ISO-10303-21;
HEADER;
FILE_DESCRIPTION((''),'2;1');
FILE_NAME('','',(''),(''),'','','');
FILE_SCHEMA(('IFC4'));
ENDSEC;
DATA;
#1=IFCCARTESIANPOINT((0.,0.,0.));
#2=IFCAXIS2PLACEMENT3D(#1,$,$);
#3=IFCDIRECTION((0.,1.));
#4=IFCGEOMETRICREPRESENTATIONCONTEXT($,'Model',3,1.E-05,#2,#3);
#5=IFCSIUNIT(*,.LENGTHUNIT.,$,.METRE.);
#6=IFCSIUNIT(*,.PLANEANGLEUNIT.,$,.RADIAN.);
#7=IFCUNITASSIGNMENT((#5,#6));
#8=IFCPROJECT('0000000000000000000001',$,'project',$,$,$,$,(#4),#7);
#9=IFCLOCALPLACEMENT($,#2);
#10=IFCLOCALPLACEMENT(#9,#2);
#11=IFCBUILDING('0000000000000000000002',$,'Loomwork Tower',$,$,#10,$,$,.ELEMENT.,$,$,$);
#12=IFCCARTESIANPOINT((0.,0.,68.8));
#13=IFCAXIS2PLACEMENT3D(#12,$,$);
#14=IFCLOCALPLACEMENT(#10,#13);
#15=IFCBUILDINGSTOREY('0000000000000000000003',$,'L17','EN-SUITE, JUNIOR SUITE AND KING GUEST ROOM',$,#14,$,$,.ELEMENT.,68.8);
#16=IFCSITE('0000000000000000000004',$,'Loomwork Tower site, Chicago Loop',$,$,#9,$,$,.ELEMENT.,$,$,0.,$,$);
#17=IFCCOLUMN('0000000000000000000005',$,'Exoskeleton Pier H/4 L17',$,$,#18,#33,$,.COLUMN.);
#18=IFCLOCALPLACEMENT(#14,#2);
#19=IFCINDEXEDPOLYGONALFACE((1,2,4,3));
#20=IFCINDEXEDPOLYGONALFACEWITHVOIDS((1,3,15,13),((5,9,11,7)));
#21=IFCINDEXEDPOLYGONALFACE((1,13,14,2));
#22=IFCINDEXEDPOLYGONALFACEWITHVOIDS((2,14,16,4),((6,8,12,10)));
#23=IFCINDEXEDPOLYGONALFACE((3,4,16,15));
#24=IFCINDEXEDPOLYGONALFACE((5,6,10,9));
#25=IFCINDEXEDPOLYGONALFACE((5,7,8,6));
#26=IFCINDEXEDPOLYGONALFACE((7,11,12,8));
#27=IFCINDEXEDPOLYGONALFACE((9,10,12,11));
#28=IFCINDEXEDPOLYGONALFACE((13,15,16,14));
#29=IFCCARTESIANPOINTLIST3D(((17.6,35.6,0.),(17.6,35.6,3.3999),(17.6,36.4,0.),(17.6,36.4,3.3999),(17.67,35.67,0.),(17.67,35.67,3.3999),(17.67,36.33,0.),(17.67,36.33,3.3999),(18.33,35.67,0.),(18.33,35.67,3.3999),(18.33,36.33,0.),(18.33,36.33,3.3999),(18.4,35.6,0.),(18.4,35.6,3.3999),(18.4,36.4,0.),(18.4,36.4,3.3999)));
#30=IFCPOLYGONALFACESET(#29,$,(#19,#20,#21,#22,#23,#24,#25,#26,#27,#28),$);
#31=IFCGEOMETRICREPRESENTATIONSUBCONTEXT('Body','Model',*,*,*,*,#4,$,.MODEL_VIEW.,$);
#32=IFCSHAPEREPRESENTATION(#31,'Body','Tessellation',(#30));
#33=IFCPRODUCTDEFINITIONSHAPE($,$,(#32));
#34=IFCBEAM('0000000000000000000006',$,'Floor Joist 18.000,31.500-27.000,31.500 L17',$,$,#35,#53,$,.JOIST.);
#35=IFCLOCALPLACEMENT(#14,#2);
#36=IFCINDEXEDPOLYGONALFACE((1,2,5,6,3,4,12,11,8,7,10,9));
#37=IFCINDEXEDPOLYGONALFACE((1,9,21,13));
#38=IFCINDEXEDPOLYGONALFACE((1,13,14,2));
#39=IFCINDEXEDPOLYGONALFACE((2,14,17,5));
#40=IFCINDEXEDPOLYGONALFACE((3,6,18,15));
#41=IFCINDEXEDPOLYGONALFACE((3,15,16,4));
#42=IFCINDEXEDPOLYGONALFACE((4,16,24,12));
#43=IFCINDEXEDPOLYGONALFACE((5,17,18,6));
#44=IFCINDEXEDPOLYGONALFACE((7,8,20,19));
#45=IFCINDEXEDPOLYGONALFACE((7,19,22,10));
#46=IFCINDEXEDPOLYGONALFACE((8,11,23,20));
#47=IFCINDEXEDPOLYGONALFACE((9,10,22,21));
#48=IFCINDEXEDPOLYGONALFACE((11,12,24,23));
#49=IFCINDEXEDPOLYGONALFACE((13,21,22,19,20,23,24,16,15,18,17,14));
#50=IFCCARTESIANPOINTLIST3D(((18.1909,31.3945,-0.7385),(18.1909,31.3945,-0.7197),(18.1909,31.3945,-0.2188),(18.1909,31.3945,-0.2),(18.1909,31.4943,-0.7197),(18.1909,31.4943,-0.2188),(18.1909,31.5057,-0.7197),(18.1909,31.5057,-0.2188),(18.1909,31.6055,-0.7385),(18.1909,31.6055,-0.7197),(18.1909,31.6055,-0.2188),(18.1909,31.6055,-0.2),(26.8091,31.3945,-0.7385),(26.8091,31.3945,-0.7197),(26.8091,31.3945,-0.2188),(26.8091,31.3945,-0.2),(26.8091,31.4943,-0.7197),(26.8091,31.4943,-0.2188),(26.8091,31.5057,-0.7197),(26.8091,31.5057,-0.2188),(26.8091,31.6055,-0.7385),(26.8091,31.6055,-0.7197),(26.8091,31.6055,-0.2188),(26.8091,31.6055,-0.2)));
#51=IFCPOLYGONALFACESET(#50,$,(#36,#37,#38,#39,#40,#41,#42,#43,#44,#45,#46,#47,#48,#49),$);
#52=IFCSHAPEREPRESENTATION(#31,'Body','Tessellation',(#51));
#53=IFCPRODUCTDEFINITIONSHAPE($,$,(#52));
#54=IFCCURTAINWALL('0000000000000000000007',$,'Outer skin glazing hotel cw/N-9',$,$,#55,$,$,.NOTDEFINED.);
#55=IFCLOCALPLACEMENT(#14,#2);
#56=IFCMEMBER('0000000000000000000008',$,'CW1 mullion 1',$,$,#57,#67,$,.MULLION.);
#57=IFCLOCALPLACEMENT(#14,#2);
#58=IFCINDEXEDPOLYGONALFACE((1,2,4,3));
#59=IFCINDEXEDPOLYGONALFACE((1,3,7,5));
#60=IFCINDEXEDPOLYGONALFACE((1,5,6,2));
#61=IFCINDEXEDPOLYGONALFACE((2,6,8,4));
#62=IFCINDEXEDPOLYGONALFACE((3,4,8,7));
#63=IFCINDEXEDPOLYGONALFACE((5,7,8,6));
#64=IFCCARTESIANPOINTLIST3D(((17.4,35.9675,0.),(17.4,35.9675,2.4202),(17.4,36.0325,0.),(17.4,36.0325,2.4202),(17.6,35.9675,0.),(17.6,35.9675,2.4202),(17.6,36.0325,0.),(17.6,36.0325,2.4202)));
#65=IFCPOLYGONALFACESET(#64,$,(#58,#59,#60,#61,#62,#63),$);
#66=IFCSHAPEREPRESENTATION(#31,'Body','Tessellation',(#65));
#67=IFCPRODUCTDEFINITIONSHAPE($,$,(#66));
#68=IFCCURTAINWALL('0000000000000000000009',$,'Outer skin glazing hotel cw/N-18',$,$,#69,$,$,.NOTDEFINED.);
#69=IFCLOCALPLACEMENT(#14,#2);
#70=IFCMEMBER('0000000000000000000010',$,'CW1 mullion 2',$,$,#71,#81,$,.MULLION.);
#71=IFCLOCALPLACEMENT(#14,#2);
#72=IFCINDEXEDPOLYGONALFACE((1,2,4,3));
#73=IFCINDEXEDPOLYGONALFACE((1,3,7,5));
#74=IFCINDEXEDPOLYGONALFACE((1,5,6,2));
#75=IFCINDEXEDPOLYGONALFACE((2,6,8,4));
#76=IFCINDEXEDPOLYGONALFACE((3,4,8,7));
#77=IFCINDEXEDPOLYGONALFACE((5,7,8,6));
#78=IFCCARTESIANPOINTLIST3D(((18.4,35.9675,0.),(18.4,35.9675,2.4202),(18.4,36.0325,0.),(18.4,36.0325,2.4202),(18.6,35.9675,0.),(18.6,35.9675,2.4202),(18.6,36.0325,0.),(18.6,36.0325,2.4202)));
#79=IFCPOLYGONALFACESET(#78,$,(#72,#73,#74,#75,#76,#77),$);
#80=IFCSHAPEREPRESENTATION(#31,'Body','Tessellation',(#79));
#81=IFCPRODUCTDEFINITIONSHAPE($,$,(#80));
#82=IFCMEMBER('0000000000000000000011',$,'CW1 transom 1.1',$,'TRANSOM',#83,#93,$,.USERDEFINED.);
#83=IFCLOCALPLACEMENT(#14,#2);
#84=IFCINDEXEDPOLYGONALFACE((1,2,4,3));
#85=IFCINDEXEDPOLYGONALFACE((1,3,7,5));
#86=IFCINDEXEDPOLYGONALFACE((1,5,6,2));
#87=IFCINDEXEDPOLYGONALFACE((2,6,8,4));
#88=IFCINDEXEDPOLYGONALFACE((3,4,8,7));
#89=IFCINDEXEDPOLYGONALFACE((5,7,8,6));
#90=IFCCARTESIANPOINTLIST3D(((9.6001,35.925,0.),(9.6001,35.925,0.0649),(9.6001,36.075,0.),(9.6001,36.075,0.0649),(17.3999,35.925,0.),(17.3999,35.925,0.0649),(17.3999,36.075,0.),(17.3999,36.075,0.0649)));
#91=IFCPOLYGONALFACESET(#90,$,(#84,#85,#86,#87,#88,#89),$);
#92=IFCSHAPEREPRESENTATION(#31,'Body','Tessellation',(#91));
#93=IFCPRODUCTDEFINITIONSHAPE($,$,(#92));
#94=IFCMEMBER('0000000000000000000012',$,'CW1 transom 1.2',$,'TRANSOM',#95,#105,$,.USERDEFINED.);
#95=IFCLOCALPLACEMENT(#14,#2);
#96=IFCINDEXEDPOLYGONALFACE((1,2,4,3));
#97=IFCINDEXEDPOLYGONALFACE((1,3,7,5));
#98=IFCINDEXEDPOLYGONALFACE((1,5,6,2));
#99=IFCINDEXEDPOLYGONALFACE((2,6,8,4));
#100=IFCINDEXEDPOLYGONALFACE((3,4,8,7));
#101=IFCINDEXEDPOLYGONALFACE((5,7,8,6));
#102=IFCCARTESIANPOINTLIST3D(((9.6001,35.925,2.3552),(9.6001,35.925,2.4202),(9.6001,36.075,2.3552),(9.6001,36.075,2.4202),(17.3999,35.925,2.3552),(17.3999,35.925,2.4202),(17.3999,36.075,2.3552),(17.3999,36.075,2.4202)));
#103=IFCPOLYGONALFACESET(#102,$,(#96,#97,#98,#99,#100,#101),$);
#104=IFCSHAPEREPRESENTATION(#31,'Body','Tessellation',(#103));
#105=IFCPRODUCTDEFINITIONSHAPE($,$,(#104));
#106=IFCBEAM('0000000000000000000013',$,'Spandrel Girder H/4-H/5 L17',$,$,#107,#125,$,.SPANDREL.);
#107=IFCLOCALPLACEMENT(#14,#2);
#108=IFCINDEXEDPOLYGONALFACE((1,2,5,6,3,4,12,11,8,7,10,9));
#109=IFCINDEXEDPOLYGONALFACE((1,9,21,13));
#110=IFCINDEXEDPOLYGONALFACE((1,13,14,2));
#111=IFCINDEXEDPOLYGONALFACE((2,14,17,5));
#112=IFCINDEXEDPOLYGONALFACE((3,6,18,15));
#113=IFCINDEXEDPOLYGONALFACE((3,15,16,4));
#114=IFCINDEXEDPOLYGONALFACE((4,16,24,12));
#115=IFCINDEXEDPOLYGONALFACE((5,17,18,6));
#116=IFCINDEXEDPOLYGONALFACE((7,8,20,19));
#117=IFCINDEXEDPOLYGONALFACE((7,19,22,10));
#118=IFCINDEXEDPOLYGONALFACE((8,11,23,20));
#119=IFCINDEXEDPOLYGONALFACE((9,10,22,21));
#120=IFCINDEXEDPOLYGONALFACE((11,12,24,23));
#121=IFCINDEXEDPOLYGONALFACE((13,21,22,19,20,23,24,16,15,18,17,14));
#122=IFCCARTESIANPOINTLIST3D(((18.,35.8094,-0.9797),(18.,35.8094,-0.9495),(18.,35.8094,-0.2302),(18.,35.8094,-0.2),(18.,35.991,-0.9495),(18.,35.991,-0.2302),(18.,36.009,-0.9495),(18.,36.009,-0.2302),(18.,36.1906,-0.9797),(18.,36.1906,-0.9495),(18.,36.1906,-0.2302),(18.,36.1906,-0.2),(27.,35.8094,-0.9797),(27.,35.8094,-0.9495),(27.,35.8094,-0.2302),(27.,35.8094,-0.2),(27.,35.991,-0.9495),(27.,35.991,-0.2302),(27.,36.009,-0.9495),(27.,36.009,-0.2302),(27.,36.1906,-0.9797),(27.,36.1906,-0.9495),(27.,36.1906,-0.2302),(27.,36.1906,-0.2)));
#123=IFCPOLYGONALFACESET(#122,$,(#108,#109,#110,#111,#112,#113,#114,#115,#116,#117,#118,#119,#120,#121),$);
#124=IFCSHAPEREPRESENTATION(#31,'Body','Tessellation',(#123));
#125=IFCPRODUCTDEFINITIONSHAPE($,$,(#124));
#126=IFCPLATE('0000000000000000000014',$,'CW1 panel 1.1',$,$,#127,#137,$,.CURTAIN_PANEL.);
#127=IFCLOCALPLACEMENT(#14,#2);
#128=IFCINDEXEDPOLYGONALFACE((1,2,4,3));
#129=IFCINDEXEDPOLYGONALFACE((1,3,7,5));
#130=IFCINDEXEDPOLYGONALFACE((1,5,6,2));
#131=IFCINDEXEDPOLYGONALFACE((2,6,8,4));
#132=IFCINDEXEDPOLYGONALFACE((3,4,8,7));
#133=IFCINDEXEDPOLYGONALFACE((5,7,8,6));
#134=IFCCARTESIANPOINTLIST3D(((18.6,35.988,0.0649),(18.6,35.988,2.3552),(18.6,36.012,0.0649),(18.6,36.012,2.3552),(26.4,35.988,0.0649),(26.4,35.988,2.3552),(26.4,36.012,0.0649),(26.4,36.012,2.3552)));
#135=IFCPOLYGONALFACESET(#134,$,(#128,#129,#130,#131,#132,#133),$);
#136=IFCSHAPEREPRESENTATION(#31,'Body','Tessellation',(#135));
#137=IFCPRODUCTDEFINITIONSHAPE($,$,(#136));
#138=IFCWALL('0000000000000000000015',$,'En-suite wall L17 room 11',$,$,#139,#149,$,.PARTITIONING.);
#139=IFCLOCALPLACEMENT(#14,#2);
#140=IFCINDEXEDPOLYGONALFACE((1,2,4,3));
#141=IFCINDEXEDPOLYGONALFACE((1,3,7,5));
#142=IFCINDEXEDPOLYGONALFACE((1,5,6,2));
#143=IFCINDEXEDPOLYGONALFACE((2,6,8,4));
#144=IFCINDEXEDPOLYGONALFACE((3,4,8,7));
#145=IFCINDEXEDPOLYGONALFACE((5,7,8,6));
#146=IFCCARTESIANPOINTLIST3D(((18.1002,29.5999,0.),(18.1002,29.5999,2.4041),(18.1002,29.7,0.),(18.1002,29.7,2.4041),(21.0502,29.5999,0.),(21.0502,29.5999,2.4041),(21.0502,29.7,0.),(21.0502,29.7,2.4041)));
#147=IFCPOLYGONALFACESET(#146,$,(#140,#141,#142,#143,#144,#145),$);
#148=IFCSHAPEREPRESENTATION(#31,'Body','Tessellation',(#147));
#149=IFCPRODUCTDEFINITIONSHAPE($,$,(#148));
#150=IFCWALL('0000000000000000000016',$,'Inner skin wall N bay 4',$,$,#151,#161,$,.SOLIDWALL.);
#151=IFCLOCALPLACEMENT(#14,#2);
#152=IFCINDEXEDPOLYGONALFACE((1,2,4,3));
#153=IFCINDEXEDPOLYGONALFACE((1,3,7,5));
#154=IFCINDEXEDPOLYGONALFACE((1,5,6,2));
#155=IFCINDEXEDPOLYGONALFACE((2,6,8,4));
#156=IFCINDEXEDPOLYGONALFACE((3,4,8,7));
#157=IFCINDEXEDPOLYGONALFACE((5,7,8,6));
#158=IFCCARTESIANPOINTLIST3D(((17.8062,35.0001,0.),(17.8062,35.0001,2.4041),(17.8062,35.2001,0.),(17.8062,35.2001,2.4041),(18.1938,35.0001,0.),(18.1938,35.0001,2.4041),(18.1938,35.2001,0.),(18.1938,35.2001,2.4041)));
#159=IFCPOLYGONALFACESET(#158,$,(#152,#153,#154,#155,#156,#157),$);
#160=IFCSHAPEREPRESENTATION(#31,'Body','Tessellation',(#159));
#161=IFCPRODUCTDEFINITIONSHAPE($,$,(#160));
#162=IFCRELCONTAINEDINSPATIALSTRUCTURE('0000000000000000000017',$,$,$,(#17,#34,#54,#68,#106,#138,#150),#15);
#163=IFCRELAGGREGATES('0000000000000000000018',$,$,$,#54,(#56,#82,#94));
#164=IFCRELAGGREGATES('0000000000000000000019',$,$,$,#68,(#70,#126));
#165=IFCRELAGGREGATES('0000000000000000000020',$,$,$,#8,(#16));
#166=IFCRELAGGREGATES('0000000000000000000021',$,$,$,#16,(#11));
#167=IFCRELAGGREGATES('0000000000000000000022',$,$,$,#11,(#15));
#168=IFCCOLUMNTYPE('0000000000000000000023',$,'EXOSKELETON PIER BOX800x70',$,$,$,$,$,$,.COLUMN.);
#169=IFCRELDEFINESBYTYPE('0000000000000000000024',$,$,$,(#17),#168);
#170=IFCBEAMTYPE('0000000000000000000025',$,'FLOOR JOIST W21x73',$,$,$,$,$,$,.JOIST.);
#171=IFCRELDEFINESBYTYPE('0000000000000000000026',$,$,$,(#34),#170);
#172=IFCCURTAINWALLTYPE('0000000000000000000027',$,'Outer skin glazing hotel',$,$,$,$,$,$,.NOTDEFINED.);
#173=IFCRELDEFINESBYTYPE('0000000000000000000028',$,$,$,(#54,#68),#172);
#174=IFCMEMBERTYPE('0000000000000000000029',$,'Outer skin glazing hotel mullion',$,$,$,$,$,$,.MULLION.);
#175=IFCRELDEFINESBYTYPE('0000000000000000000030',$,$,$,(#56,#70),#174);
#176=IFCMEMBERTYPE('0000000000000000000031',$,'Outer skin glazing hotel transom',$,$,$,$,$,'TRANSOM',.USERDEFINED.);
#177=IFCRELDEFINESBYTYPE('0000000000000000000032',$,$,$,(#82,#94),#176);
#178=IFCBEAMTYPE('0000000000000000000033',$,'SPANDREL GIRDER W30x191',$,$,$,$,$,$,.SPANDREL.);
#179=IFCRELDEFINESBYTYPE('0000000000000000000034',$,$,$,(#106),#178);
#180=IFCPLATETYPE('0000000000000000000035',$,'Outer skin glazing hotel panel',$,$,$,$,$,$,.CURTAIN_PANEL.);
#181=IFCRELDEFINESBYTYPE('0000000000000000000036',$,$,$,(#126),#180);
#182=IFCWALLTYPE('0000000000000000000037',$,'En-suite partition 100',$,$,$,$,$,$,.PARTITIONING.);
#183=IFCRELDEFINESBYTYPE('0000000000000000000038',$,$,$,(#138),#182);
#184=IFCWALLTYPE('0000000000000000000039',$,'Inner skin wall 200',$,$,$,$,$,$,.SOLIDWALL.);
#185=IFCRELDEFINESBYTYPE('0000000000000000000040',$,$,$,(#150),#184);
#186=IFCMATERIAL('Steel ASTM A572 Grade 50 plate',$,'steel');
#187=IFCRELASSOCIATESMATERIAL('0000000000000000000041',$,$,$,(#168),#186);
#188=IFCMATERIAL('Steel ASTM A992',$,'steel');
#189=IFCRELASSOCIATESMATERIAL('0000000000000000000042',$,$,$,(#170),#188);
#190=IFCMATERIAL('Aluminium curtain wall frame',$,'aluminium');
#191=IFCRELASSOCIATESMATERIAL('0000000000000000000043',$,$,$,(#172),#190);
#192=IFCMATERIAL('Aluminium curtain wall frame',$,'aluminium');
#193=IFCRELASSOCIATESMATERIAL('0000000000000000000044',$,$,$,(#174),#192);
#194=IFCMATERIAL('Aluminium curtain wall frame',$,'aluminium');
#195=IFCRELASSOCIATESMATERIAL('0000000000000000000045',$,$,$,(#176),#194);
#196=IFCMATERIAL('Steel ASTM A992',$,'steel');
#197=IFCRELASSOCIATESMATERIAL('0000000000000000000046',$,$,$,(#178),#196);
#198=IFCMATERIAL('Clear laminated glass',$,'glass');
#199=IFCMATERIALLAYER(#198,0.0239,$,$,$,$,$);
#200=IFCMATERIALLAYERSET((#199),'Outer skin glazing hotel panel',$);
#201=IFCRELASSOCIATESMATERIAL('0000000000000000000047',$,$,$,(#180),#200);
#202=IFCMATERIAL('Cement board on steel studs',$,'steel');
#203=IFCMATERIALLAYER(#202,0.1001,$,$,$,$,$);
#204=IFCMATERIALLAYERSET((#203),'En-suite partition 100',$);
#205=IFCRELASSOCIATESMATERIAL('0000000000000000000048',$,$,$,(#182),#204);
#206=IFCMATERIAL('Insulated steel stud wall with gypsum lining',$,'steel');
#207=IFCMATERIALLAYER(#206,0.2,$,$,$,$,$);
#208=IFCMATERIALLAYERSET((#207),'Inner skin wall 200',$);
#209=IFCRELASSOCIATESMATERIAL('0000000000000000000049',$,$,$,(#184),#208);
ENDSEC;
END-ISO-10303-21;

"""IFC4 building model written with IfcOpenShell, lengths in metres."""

from ifc_helpers import new_model, si_unit, direction, frame, frame_2d, origin, origin_2d, place, context, subcontext, project, spatial, rectangle, hollow_rectangle, i_section, extrude, material, layer, layer_set, material_profile, profile_set, type_object, element, aggregate, save


model = new_model("IFC4")

# Units and contexts
model_context = context("Model", 3, precision=1e-05, world=origin(), true_north=direction((0.0, 1.0)))
body_context = subcontext(model_context, "Body", "Model", "MODEL_VIEW")
ifc_project = project(units=[si_unit("LENGTHUNIT", "METRE"), si_unit("PLANEANGLEUNIT", "RADIAN")], contexts=[model_context])

# Site, building, storey
site_placement = place(None, origin())
site = spatial("IfcSite", under=ifc_project, at=site_placement, Name="Loomwork Tower site, Chicago Loop", CompositionType="ELEMENT", RefElevation=0.0)
building_placement = place(site_placement, origin())
building = spatial("IfcBuilding", under=site, at=building_placement, Name="Loomwork Tower", CompositionType="ELEMENT")
storey_placement = place(building_placement, frame((0.0, 0.0, 68.8)))
storey = spatial("IfcBuildingStorey", under=building, at=storey_placement, Name="L17", Description="EN-SUITE, JUNIOR SUITE AND KING GUEST ROOM", CompositionType="ELEMENT", Elevation=68.8)

# Column
ifc_material_1 = material(Name="Steel ASTM A572 Grade 50 plate", Category="steel")
ifc_material_profile_1 = material_profile(ifc_material_1, hollow_rectangle(XDim=0.8, YDim=0.8, WallThickness=0.0701, at=origin_2d()), Name="BOX800x70")
ifc_profile_set_1 = profile_set([ifc_material_profile_1], Name="Steel ASTM A572 Grade 50 plate")
column_type = type_object("IfcColumnType", Name="EXOSKELETON PIER BOX800x70", PredefinedType="COLUMN", material=ifc_profile_set_1)
column_placement = place(storey_placement, frame((18.0, 36.0, 0.0), z_axis=(0.0, 0.0, 1.0), x_axis=(1.0, 0.0, 0.0)))
element("IfcColumn", 1, at=column_placement, inside=storey, type_object=column_type, Name="Exoskeleton Pier H/4 L17", PredefinedType="COLUMN", context=body_context, shape_type="SweptSolid", body=[
    extrude(hollow_rectangle(XDim=0.8, YDim=0.8, WallThickness=0.0701, at=origin_2d()), origin(), (0.0, 0.0, 1.0), 3.3999),
])

# Beam
ifc_material_2 = material(Name="Steel ASTM A992", Category="steel")
ifc_material_profile_2 = material_profile(ifc_material_2, i_section(OverallWidth=0.2109, OverallDepth=0.5386, WebThickness=0.0115, FlangeThickness=0.0188, at=origin_2d()), Name="W21x73")
ifc_profile_set_2 = profile_set([ifc_material_profile_2], Name="Steel ASTM A992")
beam_type_1 = type_object("IfcBeamType", Name="FLOOR JOIST W21x73", PredefinedType="JOIST", material=ifc_profile_set_2)
beam_1_placement = place(storey_placement, frame((18.1909, 31.5, -0.4692), z_axis=(1.0, 0.0, 0.0), x_axis=(0.0, 1.0, 0.0)))
element("IfcBeam", 2, at=beam_1_placement, inside=storey, type_object=beam_type_1, Name="Floor Joist 18.000,31.500-27.000,31.500 L17", PredefinedType="JOIST", context=body_context, shape_type="SweptSolid", body=[
    extrude(i_section(OverallWidth=0.2109, OverallDepth=0.5386, WebThickness=0.0115, FlangeThickness=0.0188, at=origin_2d()), origin(), (0.0, 0.0, 1.0), 8.6182),
])

# Curtain walls, members
ifc_material_3 = material(Name="Aluminium curtain wall frame", Category="aluminium")
curtain_wall_type = type_object("IfcCurtainWallType", Name="Outer skin glazing hotel", PredefinedType="NOTDEFINED", material=ifc_material_3)
curtain_wall_1_placement = place(storey_placement, origin())
curtain_wall_1 = element("IfcCurtainWall", 3, at=curtain_wall_1_placement, inside=storey, type_object=curtain_wall_type, Name="Outer skin glazing hotel cw/N-9", PredefinedType="NOTDEFINED")
ifc_material_4 = material(Name="Aluminium curtain wall frame", Category="aluminium")
ifc_material_profile_3 = material_profile(ifc_material_4, rectangle(XDim=0.0649, YDim=0.2, at=origin_2d()), Name="AL 65x200")
ifc_profile_set_3 = profile_set([ifc_material_profile_3], Name="Aluminium curtain wall frame")
member_type_1 = type_object("IfcMemberType", Name="Outer skin glazing hotel mullion", PredefinedType="MULLION", material=ifc_profile_set_3)
member_1_placement = place(storey_placement, frame((17.5, 36.0, 0.0), z_axis=(0.0, 0.0, 1.0), x_axis=(0.0, -1.0, 0.0)))
member_1 = element("IfcMember", 4, at=member_1_placement, type_object=member_type_1, Name="CW1 mullion 1", PredefinedType="MULLION", context=body_context, shape_type="SweptSolid", body=[
    extrude(rectangle(XDim=0.0649, YDim=0.2, at=origin_2d()), origin(), (0.0, 0.0, 1.0), 2.4202),
])
curtain_wall_2_placement = place(storey_placement, origin())
curtain_wall_2 = element("IfcCurtainWall", 5, at=curtain_wall_2_placement, inside=storey, type_object=curtain_wall_type, Name="Outer skin glazing hotel cw/N-18", PredefinedType="NOTDEFINED")
member_2_placement = place(storey_placement, frame((18.5, 36.0, 0.0), z_axis=(0.0, 0.0, 1.0), x_axis=(0.0, -1.0, 0.0)))
member_2 = element("IfcMember", 6, at=member_2_placement, type_object=member_type_1, Name="CW1 mullion 2", PredefinedType="MULLION", context=body_context, shape_type="SweptSolid", body=[
    extrude(rectangle(XDim=0.0649, YDim=0.2, at=origin_2d()), origin(), (0.0, 0.0, 1.0), 2.4202),
])

# Members
ifc_material_5 = material(Name="Aluminium curtain wall frame", Category="aluminium")
ifc_material_profile_4 = material_profile(ifc_material_5, rectangle(XDim=0.1499, YDim=0.0649, at=origin_2d()), Name="AL 65x150")
ifc_profile_set_4 = profile_set([ifc_material_profile_4], Name="Aluminium curtain wall frame")
member_type_2 = type_object("IfcMemberType", Name="Outer skin glazing hotel transom", ElementType="TRANSOM", PredefinedType="USERDEFINED", material=ifc_profile_set_4)
member_3_placement = place(storey_placement, frame((17.3999, 36.0, 0.0325), z_axis=(-1.0, 0.0, 0.0), x_axis=(0.0, -1.0, 0.0)))
member_3 = element("IfcMember", 7, at=member_3_placement, type_object=member_type_2, Name="CW1 transom 1.1", ObjectType="TRANSOM", PredefinedType="USERDEFINED", context=body_context, shape_type="SweptSolid", body=[
    extrude(rectangle(XDim=0.1499, YDim=0.0649, at=origin_2d()), origin(), (0.0, 0.0, 1.0), 7.7998),
])
member_4_placement = place(storey_placement, frame((17.3999, 36.0, 2.3877), z_axis=(-1.0, 0.0, 0.0), x_axis=(0.0, -1.0, 0.0)))
member_4 = element("IfcMember", 8, at=member_4_placement, type_object=member_type_2, Name="CW1 transom 1.2", ObjectType="TRANSOM", PredefinedType="USERDEFINED", context=body_context, shape_type="SweptSolid", body=[
    extrude(rectangle(XDim=0.1499, YDim=0.0649, at=origin_2d()), origin(), (0.0, 0.0, 1.0), 7.7998),
])
aggregate(curtain_wall_1, [member_1, member_3, member_4])

# Beam
ifc_material_6 = material(Name="Steel ASTM A992", Category="steel")
ifc_material_profile_5 = material_profile(ifc_material_6, i_section(OverallWidth=0.3811, OverallDepth=0.7798, WebThickness=0.0181, FlangeThickness=0.0303, at=origin_2d()), Name="W30x191")
ifc_profile_set_5 = profile_set([ifc_material_profile_5], Name="Steel ASTM A992")
beam_type_2 = type_object("IfcBeamType", Name="SPANDREL GIRDER W30x191", PredefinedType="SPANDREL", material=ifc_profile_set_5)
beam_2_placement = place(storey_placement, frame((18.0, 36.0, -0.5898), z_axis=(1.0, 0.0, 0.0), x_axis=(0.0, 1.0, 0.0)))
element("IfcBeam", 9, at=beam_2_placement, inside=storey, type_object=beam_type_2, Name="Spandrel Girder H/4-H/5 L17", PredefinedType="SPANDREL", context=body_context, shape_type="SweptSolid", body=[
    extrude(i_section(OverallWidth=0.3811, OverallDepth=0.7798, WebThickness=0.0181, FlangeThickness=0.0303, at=origin_2d()), origin(), (0.0, 0.0, 1.0), 9.0),
])

# Plate
ifc_material_7 = material(Name="Clear laminated glass", Category="glass")
ifc_layer_1 = layer(ifc_material_7, 0.0239)
ifc_layer_set_1 = layer_set([ifc_layer_1], Name="Outer skin glazing hotel panel")
plate_type = type_object("IfcPlateType", Name="Outer skin glazing hotel panel", PredefinedType="CURTAIN_PANEL", material=ifc_layer_set_1)
plate_placement = place(storey_placement, frame((22.5, 36.0, 0.0649), z_axis=(0.0, 0.0, 1.0), x_axis=(-1.0, 0.0, 0.0)))
plate = element("IfcPlate", 10, at=plate_placement, type_object=plate_type, Name="CW1 panel 1.1", PredefinedType="CURTAIN_PANEL", context=body_context, shape_type="SweptSolid", body=[
    extrude(rectangle(XDim=7.8, YDim=0.0239, at=origin_2d()), origin(), (0.0, 0.0, 1.0), 2.2903),
])
aggregate(curtain_wall_2, [member_2, plate])

# Walls
ifc_material_8 = material(Name="Cement board on steel studs", Category="steel")
ifc_layer_2 = layer(ifc_material_8, 0.1001)
ifc_layer_set_2 = layer_set([ifc_layer_2], Name="En-suite partition 100")
wall_type_1 = type_object("IfcWallType", Name="En-suite partition 100", PredefinedType="PARTITIONING", material=ifc_layer_set_2)
wall_1_placement = place(storey_placement, frame((18.1001, 29.6499, 0.0), z_axis=(0.0, 0.0, 1.0), x_axis=(1.0, 0.0, 0.0)))
element("IfcWall", 11, at=wall_1_placement, inside=storey, type_object=wall_type_1, Name="En-suite wall L17 room 11", PredefinedType="PARTITIONING", context=body_context, shape_type="SweptSolid", body=[
    extrude(rectangle(XDim=2.95, YDim=0.1001, at=frame_2d((1.4751, 0.0))), origin(), (0.0, 0.0, 1.0), 2.4041),
])
ifc_material_9 = material(Name="Insulated steel stud wall with gypsum lining", Category="steel")
ifc_layer_3 = layer(ifc_material_9, 0.2)
ifc_layer_set_3 = layer_set([ifc_layer_3], Name="Inner skin wall 200")
wall_type_2 = type_object("IfcWallType", Name="Inner skin wall 200", PredefinedType="SOLIDWALL", material=ifc_layer_set_3)
wall_2_placement = place(storey_placement, frame((17.8062, 35.1001, 0.0), z_axis=(0.0, 0.0, 1.0), x_axis=(1.0, 0.0, 0.0)))
element("IfcWall", 12, at=wall_2_placement, inside=storey, type_object=wall_type_2, Name="Inner skin wall N bay 4", PredefinedType="SOLIDWALL", context=body_context, shape_type="SweptSolid", body=[
    extrude(rectangle(XDim=0.3877, YDim=0.2, at=frame_2d((0.1938, 0.0))), origin(), (0.0, 0.0, 1.0), 2.4041),
])

save(model, "model.ifc")
